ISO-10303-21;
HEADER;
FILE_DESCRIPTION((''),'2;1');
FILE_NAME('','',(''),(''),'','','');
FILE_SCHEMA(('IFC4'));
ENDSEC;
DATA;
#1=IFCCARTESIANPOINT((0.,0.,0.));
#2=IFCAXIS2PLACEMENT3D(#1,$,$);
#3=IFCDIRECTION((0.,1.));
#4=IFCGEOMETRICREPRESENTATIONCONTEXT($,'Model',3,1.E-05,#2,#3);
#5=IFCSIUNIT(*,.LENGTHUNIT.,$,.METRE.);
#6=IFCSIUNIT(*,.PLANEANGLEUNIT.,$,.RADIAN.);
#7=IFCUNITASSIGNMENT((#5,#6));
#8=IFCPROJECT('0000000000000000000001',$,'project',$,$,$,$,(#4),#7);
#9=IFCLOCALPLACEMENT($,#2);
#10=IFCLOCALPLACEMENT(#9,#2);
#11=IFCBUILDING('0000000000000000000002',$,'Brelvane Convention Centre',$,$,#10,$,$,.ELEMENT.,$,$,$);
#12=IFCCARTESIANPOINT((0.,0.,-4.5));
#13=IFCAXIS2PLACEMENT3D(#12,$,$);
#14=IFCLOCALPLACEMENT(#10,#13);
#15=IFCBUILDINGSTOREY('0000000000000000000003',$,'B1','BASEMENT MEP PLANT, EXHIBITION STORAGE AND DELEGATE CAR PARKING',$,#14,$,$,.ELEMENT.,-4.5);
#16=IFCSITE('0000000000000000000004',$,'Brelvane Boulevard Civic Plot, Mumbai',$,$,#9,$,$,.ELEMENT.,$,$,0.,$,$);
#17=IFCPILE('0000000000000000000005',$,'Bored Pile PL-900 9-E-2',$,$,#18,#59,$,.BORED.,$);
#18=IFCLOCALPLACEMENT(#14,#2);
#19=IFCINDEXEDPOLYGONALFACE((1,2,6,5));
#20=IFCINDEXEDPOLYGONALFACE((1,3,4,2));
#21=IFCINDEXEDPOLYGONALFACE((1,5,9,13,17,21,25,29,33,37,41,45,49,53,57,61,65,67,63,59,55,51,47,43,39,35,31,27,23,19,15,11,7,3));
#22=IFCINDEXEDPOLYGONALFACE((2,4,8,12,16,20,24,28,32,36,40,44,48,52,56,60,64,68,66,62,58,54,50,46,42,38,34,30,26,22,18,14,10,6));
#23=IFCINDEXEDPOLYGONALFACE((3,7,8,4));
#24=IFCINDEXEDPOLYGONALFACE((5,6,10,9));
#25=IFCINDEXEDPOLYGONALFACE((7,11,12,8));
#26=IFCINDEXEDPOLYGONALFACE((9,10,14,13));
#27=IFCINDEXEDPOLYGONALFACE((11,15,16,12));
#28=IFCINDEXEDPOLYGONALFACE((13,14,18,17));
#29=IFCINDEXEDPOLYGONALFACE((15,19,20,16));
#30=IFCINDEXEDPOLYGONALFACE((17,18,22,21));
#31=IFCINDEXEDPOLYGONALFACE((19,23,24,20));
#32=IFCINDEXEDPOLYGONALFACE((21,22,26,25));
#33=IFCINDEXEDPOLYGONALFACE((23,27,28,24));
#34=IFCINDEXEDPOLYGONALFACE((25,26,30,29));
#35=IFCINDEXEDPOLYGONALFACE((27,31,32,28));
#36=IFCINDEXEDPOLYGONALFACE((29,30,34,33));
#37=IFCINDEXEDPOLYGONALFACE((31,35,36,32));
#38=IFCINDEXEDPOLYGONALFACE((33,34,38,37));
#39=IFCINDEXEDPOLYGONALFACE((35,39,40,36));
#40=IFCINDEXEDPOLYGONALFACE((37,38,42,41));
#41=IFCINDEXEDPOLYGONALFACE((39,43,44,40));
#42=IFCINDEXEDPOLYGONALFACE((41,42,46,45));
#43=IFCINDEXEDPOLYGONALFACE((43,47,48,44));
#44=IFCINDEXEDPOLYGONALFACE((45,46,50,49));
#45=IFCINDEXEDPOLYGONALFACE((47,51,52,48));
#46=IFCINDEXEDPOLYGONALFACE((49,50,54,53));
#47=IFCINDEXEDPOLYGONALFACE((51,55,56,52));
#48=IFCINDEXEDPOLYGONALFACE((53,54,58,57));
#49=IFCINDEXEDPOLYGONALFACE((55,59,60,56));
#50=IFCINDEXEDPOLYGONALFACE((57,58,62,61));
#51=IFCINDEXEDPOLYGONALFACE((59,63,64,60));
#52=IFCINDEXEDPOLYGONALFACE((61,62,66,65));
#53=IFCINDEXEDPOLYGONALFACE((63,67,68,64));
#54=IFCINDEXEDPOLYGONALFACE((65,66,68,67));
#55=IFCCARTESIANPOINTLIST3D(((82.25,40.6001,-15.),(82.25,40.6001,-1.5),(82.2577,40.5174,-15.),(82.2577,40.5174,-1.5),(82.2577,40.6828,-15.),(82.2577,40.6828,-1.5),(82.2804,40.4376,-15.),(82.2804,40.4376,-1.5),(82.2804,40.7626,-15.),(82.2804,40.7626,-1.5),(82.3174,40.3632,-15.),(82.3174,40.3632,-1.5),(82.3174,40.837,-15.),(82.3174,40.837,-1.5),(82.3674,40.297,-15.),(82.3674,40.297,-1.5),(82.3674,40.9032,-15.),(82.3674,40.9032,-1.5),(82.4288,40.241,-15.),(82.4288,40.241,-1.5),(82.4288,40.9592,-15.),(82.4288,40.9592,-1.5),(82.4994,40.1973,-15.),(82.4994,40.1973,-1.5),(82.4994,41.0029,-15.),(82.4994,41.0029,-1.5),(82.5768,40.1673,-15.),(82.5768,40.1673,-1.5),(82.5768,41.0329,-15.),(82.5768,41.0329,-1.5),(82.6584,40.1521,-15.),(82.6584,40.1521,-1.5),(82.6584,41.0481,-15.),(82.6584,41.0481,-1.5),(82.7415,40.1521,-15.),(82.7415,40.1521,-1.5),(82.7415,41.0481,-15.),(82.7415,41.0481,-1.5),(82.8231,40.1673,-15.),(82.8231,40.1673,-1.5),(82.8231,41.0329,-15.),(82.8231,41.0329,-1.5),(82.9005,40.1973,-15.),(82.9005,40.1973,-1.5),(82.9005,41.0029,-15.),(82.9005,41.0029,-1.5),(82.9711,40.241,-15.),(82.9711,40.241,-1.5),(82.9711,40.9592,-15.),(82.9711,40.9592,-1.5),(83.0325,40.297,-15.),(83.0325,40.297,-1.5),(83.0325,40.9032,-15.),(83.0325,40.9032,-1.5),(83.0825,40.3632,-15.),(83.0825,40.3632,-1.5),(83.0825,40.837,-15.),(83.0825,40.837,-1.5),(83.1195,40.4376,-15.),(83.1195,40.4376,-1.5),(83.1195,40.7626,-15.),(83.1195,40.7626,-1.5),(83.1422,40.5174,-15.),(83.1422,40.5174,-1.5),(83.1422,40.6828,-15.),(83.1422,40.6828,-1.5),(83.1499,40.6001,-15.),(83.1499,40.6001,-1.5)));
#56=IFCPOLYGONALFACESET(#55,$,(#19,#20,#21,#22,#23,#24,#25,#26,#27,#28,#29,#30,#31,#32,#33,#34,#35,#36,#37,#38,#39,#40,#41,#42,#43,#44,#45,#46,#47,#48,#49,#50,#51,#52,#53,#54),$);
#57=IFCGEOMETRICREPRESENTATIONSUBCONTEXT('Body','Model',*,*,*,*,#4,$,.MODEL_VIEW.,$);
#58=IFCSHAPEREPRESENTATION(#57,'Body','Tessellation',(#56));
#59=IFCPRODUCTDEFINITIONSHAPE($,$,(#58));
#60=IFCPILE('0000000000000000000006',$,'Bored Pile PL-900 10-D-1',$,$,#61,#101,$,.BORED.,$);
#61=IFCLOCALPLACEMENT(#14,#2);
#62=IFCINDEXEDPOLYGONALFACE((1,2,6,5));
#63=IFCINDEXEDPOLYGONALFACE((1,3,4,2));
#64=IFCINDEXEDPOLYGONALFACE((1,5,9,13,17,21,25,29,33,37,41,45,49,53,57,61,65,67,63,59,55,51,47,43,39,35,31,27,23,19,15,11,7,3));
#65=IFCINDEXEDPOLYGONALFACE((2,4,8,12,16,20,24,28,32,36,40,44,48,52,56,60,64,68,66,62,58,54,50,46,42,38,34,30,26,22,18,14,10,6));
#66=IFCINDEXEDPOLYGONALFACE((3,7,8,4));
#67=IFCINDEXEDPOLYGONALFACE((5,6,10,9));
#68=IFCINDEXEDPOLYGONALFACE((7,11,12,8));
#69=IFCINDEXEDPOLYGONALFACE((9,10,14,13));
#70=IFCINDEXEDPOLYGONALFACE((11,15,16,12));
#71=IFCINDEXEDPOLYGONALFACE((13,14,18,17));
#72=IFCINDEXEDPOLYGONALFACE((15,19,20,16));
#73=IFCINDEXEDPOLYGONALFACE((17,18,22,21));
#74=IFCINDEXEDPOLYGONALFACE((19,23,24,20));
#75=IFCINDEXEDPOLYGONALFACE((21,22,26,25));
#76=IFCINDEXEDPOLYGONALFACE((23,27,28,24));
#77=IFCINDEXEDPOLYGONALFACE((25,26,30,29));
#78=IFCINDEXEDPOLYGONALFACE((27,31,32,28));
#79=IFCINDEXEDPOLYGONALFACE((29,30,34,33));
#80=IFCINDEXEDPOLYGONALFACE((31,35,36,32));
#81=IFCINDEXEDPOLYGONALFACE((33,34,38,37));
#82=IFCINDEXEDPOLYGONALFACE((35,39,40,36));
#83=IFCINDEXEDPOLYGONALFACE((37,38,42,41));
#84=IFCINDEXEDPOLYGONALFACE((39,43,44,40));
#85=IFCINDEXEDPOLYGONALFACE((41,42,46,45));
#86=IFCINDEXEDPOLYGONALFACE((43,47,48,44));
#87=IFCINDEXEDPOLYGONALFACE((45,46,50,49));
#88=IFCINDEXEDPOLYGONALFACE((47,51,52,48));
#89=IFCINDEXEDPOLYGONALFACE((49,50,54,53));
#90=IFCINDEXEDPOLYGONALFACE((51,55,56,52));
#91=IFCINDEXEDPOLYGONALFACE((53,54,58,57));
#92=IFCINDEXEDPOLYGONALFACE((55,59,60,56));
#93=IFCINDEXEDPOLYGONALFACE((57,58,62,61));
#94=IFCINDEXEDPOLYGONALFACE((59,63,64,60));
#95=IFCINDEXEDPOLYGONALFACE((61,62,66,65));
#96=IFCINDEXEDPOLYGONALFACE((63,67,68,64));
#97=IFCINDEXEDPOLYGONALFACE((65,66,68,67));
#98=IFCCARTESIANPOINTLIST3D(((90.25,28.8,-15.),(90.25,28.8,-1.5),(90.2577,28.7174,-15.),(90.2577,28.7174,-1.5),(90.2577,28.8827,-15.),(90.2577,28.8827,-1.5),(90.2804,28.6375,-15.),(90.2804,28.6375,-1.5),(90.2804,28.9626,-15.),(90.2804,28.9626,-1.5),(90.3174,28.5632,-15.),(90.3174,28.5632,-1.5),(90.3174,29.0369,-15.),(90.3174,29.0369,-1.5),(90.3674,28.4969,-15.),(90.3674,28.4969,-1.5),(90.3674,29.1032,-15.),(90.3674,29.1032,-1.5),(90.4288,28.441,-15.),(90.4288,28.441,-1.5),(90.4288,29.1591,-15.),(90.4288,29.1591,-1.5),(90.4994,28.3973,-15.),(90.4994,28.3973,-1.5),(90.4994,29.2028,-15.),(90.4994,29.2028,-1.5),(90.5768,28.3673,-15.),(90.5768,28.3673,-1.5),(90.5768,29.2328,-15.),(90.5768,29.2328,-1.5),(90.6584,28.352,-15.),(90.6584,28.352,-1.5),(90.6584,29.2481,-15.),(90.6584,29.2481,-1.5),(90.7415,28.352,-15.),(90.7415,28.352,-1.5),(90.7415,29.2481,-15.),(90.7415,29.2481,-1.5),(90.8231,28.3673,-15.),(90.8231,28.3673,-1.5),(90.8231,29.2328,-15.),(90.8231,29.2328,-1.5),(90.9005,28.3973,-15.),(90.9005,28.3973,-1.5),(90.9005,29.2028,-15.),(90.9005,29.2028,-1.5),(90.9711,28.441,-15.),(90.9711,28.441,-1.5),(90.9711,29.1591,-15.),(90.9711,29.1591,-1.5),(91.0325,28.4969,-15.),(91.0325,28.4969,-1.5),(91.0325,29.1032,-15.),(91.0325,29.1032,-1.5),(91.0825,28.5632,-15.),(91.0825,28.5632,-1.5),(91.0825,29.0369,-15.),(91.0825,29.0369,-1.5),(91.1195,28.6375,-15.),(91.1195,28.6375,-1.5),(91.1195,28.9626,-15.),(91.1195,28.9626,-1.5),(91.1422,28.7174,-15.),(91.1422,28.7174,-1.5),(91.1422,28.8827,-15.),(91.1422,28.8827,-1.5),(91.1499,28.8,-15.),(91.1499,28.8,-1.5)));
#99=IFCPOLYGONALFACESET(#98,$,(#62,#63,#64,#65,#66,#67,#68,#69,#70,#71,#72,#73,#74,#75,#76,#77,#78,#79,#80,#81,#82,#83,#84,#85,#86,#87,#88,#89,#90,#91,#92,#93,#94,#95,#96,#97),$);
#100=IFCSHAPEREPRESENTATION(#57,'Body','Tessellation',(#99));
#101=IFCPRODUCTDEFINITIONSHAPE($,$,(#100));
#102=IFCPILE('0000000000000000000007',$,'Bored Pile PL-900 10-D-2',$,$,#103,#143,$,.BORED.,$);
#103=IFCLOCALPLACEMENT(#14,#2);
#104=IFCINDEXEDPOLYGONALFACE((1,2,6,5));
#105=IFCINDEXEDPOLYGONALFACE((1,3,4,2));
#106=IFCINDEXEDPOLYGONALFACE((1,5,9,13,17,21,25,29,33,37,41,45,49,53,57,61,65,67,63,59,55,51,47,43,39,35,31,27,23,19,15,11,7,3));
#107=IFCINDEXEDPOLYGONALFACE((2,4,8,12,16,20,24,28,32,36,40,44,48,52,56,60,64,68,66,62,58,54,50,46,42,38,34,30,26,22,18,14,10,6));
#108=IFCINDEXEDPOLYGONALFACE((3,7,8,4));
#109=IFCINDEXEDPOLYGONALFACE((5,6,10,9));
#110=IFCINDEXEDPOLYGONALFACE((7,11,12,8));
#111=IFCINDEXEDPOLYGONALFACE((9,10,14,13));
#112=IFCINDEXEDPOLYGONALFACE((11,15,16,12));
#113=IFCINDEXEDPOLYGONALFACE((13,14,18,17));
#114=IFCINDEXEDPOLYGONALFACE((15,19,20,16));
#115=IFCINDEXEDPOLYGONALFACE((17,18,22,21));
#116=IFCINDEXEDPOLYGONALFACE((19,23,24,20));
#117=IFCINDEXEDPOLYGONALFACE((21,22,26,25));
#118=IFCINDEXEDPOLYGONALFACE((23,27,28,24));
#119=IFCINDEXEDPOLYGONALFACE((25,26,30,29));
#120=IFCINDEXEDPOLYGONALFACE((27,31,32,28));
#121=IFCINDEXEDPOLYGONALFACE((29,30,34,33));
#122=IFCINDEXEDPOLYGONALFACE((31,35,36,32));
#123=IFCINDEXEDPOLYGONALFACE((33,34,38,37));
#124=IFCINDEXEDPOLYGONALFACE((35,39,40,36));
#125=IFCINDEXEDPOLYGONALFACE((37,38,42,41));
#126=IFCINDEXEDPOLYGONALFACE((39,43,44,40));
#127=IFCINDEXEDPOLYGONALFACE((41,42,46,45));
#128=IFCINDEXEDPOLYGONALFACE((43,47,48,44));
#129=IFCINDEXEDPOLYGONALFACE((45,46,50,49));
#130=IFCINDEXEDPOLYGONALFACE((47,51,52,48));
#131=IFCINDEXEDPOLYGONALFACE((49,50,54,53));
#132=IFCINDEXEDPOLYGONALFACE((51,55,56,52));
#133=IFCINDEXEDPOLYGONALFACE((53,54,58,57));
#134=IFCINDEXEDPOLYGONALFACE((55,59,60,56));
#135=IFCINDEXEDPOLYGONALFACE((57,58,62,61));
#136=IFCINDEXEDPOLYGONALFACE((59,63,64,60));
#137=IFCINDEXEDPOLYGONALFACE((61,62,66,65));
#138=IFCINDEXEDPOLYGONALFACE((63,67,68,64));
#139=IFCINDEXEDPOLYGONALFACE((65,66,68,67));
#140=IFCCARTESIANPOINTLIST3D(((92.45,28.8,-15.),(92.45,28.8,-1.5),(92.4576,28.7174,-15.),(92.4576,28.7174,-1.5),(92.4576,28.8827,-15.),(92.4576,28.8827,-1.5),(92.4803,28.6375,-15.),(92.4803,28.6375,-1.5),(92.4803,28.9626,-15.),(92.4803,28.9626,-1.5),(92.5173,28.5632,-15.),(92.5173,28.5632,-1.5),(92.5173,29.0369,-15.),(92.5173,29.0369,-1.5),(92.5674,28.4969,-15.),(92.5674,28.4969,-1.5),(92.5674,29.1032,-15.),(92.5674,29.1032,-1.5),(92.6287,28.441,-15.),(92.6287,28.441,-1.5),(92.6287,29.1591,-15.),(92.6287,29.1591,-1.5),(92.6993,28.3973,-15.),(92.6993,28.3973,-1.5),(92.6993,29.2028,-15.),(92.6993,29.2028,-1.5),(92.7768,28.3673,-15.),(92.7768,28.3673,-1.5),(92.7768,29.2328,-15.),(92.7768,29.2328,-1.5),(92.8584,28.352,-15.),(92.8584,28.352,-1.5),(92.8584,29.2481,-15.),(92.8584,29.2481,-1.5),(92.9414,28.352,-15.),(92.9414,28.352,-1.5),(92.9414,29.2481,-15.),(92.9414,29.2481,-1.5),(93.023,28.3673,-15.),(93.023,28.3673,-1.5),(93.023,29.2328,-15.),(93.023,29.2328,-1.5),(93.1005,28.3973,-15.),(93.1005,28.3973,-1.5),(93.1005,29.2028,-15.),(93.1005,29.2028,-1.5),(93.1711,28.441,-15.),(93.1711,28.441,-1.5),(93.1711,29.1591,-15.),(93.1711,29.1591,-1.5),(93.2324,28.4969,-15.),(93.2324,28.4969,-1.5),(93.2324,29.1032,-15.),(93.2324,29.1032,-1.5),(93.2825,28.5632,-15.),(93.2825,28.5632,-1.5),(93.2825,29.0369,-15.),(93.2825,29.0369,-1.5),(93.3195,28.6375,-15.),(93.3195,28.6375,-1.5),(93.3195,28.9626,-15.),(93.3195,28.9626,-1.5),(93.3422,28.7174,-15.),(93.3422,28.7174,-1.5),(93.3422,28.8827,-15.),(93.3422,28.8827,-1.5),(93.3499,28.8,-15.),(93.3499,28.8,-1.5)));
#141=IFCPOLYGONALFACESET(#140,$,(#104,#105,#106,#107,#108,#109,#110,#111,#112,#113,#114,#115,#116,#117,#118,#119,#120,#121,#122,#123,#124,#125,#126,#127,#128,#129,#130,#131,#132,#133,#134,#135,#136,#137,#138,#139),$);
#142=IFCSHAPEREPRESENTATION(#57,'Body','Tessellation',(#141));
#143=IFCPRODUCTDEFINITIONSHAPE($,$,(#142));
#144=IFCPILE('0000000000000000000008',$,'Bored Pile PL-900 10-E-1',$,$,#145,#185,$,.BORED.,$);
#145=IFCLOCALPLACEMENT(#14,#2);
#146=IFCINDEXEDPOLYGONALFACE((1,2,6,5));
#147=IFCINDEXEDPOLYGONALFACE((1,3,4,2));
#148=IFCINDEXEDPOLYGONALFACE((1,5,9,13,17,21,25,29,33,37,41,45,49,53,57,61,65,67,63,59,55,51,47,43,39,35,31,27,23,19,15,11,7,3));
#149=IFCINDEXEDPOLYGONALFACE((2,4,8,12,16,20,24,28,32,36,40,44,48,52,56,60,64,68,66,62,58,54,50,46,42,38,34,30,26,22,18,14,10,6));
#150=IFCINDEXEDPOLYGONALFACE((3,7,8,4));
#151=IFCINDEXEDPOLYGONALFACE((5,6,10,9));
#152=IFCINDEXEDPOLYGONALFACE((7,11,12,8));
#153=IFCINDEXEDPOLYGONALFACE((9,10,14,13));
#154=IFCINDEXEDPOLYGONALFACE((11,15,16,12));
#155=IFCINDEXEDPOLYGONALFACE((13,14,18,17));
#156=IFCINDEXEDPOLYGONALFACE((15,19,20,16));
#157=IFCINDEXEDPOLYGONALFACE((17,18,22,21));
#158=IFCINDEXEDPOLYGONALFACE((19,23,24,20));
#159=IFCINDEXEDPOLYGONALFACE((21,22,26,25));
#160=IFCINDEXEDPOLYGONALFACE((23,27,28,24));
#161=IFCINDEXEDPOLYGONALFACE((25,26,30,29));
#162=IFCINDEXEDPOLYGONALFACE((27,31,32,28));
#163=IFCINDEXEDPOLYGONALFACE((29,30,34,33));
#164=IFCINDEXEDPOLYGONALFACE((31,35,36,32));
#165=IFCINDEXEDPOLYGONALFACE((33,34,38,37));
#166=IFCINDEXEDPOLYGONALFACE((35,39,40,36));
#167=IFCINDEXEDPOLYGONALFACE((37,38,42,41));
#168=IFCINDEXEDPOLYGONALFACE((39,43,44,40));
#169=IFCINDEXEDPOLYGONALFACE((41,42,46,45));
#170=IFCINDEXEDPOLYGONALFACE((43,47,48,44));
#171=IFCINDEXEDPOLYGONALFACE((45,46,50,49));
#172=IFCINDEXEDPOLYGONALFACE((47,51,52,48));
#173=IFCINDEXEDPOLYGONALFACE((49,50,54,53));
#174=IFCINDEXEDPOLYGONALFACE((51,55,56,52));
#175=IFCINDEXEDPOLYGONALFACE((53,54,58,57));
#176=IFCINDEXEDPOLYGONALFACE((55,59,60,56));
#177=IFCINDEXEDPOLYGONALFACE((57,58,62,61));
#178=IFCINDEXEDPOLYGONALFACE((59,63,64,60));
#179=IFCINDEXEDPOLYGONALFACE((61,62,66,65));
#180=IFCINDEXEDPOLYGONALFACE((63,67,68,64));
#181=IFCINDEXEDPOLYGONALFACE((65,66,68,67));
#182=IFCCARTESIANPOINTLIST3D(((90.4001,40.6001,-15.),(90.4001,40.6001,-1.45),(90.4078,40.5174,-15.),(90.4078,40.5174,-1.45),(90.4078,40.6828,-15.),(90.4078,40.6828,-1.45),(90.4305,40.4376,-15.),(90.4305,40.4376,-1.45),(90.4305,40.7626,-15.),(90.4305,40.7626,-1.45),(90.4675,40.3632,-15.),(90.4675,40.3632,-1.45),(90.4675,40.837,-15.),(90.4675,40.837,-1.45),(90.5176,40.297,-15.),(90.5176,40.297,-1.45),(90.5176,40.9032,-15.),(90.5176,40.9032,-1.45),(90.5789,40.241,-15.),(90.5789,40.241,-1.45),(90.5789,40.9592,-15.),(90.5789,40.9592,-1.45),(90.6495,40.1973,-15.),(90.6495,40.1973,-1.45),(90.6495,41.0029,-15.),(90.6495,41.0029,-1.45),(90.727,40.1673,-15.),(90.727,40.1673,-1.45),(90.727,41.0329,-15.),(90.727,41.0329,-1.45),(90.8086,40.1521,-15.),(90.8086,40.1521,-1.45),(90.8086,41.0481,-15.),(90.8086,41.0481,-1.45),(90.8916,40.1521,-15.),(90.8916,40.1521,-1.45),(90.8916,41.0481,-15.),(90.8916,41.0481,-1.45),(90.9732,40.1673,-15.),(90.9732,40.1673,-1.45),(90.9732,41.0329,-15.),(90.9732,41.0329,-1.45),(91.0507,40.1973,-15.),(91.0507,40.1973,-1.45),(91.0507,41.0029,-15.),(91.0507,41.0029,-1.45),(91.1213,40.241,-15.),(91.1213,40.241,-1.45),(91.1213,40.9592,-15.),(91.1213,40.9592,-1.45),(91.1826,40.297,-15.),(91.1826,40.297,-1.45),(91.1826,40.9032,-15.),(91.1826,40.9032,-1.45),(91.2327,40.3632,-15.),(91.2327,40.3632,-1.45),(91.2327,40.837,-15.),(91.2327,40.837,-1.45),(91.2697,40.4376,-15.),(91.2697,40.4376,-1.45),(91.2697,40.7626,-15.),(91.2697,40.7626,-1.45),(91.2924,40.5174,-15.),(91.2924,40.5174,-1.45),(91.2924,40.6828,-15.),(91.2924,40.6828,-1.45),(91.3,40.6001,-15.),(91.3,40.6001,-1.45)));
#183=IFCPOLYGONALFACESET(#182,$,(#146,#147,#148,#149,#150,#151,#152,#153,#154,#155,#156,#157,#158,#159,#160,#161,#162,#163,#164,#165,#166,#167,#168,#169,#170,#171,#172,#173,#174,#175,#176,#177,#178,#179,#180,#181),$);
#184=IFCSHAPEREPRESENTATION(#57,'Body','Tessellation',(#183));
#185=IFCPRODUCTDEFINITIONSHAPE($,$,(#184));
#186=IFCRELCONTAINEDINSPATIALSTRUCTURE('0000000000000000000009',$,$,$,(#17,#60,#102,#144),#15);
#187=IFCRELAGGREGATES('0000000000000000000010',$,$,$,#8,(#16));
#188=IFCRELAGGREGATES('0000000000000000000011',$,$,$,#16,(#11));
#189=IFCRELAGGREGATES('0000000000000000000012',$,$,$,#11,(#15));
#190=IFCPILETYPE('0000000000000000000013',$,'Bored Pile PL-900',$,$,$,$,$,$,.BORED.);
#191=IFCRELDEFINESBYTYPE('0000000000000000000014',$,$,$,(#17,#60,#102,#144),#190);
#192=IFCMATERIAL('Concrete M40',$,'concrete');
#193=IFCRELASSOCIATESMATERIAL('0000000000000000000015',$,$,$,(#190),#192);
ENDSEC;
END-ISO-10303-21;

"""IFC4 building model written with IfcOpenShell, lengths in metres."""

from ifc_helpers import new_model, si_unit, direction, frame, origin, origin_2d, place, context, subcontext, project, spatial, circle, extrude, material, material_profile, profile_set, type_object, element, save


model = new_model("IFC4")

# Units and contexts
model_context = context("Model", 3, precision=1e-05, world=origin(), true_north=direction((0.0, 1.0)))
body_context = subcontext(model_context, "Body", "Model", "MODEL_VIEW")
ifc_project = project(units=[si_unit("LENGTHUNIT", "METRE"), si_unit("PLANEANGLEUNIT", "RADIAN")], contexts=[model_context])

# Site, building, storey
site_placement = place(None, origin())
site = spatial("IfcSite", under=ifc_project, at=site_placement, Name="Brelvane Boulevard Civic Plot, Mumbai", CompositionType="ELEMENT", RefElevation=0.0)
building_placement = place(site_placement, origin())
building = spatial("IfcBuilding", under=site, at=building_placement, Name="Brelvane Convention Centre", CompositionType="ELEMENT")
storey_placement = place(building_placement, frame((0.0, 0.0, -4.5)))
storey = spatial("IfcBuildingStorey", under=building, at=storey_placement, Name="B1", Description="BASEMENT MEP PLANT, EXHIBITION STORAGE AND DELEGATE CAR PARKING", CompositionType="ELEMENT", Elevation=-4.5)

# Piles
ifc_material_1 = material(Name="Concrete M40", Category="concrete")
ifc_material_profile_1 = material_profile(ifc_material_1, circle(Radius=0.45, at=origin_2d()), Name="PILE D900")
ifc_profile_set_1 = profile_set([ifc_material_profile_1], Name="Concrete M40")
pile_type = type_object("IfcPileType", Name="Bored Pile PL-900", PredefinedType="BORED", material=ifc_profile_set_1)
for number, where, z_axis, x_axis, name in (
    (1, (82.7, 40.6001, -1.5), (0.0, 0.0, -1.0), (1.0, 0.0, 0.0), "Bored Pile PL-900 9-E-2"),
    (2, (90.7, 28.8, -1.5), (0.0, 0.0, -1.0), (1.0, 0.0, 0.0), "Bored Pile PL-900 10-D-1"),
    (3, (92.8999, 28.8, -1.5), (0.0, 0.0, -1.0), (1.0, 0.0, 0.0), "Bored Pile PL-900 10-D-2"),
):
    element("IfcPile", number, at=place(storey_placement, frame(where, z_axis=z_axis, x_axis=x_axis)), inside=storey, type_object=pile_type, Name=name, PredefinedType="BORED", context=body_context, shape_type="SweptSolid", body=[
        extrude(circle(Radius=0.45, at=origin_2d()), origin(), (0.0, 0.0, 1.0), 13.5),
    ])
for number, where, z_axis, x_axis, name in (
    (4, (90.8501, 40.6001, -1.45), (0.0, 0.0, -1.0), (1.0, 0.0, 0.0), "Bored Pile PL-900 10-E-1"),
):
    element("IfcPile", number, at=place(storey_placement, frame(where, z_axis=z_axis, x_axis=x_axis)), inside=storey, type_object=pile_type, Name=name, PredefinedType="BORED", context=body_context, shape_type="SweptSolid", body=[
        extrude(circle(Radius=0.45, at=origin_2d()), origin(), (0.0, 0.0, 1.0), 13.55),
    ])

save(model, "model.ifc")
